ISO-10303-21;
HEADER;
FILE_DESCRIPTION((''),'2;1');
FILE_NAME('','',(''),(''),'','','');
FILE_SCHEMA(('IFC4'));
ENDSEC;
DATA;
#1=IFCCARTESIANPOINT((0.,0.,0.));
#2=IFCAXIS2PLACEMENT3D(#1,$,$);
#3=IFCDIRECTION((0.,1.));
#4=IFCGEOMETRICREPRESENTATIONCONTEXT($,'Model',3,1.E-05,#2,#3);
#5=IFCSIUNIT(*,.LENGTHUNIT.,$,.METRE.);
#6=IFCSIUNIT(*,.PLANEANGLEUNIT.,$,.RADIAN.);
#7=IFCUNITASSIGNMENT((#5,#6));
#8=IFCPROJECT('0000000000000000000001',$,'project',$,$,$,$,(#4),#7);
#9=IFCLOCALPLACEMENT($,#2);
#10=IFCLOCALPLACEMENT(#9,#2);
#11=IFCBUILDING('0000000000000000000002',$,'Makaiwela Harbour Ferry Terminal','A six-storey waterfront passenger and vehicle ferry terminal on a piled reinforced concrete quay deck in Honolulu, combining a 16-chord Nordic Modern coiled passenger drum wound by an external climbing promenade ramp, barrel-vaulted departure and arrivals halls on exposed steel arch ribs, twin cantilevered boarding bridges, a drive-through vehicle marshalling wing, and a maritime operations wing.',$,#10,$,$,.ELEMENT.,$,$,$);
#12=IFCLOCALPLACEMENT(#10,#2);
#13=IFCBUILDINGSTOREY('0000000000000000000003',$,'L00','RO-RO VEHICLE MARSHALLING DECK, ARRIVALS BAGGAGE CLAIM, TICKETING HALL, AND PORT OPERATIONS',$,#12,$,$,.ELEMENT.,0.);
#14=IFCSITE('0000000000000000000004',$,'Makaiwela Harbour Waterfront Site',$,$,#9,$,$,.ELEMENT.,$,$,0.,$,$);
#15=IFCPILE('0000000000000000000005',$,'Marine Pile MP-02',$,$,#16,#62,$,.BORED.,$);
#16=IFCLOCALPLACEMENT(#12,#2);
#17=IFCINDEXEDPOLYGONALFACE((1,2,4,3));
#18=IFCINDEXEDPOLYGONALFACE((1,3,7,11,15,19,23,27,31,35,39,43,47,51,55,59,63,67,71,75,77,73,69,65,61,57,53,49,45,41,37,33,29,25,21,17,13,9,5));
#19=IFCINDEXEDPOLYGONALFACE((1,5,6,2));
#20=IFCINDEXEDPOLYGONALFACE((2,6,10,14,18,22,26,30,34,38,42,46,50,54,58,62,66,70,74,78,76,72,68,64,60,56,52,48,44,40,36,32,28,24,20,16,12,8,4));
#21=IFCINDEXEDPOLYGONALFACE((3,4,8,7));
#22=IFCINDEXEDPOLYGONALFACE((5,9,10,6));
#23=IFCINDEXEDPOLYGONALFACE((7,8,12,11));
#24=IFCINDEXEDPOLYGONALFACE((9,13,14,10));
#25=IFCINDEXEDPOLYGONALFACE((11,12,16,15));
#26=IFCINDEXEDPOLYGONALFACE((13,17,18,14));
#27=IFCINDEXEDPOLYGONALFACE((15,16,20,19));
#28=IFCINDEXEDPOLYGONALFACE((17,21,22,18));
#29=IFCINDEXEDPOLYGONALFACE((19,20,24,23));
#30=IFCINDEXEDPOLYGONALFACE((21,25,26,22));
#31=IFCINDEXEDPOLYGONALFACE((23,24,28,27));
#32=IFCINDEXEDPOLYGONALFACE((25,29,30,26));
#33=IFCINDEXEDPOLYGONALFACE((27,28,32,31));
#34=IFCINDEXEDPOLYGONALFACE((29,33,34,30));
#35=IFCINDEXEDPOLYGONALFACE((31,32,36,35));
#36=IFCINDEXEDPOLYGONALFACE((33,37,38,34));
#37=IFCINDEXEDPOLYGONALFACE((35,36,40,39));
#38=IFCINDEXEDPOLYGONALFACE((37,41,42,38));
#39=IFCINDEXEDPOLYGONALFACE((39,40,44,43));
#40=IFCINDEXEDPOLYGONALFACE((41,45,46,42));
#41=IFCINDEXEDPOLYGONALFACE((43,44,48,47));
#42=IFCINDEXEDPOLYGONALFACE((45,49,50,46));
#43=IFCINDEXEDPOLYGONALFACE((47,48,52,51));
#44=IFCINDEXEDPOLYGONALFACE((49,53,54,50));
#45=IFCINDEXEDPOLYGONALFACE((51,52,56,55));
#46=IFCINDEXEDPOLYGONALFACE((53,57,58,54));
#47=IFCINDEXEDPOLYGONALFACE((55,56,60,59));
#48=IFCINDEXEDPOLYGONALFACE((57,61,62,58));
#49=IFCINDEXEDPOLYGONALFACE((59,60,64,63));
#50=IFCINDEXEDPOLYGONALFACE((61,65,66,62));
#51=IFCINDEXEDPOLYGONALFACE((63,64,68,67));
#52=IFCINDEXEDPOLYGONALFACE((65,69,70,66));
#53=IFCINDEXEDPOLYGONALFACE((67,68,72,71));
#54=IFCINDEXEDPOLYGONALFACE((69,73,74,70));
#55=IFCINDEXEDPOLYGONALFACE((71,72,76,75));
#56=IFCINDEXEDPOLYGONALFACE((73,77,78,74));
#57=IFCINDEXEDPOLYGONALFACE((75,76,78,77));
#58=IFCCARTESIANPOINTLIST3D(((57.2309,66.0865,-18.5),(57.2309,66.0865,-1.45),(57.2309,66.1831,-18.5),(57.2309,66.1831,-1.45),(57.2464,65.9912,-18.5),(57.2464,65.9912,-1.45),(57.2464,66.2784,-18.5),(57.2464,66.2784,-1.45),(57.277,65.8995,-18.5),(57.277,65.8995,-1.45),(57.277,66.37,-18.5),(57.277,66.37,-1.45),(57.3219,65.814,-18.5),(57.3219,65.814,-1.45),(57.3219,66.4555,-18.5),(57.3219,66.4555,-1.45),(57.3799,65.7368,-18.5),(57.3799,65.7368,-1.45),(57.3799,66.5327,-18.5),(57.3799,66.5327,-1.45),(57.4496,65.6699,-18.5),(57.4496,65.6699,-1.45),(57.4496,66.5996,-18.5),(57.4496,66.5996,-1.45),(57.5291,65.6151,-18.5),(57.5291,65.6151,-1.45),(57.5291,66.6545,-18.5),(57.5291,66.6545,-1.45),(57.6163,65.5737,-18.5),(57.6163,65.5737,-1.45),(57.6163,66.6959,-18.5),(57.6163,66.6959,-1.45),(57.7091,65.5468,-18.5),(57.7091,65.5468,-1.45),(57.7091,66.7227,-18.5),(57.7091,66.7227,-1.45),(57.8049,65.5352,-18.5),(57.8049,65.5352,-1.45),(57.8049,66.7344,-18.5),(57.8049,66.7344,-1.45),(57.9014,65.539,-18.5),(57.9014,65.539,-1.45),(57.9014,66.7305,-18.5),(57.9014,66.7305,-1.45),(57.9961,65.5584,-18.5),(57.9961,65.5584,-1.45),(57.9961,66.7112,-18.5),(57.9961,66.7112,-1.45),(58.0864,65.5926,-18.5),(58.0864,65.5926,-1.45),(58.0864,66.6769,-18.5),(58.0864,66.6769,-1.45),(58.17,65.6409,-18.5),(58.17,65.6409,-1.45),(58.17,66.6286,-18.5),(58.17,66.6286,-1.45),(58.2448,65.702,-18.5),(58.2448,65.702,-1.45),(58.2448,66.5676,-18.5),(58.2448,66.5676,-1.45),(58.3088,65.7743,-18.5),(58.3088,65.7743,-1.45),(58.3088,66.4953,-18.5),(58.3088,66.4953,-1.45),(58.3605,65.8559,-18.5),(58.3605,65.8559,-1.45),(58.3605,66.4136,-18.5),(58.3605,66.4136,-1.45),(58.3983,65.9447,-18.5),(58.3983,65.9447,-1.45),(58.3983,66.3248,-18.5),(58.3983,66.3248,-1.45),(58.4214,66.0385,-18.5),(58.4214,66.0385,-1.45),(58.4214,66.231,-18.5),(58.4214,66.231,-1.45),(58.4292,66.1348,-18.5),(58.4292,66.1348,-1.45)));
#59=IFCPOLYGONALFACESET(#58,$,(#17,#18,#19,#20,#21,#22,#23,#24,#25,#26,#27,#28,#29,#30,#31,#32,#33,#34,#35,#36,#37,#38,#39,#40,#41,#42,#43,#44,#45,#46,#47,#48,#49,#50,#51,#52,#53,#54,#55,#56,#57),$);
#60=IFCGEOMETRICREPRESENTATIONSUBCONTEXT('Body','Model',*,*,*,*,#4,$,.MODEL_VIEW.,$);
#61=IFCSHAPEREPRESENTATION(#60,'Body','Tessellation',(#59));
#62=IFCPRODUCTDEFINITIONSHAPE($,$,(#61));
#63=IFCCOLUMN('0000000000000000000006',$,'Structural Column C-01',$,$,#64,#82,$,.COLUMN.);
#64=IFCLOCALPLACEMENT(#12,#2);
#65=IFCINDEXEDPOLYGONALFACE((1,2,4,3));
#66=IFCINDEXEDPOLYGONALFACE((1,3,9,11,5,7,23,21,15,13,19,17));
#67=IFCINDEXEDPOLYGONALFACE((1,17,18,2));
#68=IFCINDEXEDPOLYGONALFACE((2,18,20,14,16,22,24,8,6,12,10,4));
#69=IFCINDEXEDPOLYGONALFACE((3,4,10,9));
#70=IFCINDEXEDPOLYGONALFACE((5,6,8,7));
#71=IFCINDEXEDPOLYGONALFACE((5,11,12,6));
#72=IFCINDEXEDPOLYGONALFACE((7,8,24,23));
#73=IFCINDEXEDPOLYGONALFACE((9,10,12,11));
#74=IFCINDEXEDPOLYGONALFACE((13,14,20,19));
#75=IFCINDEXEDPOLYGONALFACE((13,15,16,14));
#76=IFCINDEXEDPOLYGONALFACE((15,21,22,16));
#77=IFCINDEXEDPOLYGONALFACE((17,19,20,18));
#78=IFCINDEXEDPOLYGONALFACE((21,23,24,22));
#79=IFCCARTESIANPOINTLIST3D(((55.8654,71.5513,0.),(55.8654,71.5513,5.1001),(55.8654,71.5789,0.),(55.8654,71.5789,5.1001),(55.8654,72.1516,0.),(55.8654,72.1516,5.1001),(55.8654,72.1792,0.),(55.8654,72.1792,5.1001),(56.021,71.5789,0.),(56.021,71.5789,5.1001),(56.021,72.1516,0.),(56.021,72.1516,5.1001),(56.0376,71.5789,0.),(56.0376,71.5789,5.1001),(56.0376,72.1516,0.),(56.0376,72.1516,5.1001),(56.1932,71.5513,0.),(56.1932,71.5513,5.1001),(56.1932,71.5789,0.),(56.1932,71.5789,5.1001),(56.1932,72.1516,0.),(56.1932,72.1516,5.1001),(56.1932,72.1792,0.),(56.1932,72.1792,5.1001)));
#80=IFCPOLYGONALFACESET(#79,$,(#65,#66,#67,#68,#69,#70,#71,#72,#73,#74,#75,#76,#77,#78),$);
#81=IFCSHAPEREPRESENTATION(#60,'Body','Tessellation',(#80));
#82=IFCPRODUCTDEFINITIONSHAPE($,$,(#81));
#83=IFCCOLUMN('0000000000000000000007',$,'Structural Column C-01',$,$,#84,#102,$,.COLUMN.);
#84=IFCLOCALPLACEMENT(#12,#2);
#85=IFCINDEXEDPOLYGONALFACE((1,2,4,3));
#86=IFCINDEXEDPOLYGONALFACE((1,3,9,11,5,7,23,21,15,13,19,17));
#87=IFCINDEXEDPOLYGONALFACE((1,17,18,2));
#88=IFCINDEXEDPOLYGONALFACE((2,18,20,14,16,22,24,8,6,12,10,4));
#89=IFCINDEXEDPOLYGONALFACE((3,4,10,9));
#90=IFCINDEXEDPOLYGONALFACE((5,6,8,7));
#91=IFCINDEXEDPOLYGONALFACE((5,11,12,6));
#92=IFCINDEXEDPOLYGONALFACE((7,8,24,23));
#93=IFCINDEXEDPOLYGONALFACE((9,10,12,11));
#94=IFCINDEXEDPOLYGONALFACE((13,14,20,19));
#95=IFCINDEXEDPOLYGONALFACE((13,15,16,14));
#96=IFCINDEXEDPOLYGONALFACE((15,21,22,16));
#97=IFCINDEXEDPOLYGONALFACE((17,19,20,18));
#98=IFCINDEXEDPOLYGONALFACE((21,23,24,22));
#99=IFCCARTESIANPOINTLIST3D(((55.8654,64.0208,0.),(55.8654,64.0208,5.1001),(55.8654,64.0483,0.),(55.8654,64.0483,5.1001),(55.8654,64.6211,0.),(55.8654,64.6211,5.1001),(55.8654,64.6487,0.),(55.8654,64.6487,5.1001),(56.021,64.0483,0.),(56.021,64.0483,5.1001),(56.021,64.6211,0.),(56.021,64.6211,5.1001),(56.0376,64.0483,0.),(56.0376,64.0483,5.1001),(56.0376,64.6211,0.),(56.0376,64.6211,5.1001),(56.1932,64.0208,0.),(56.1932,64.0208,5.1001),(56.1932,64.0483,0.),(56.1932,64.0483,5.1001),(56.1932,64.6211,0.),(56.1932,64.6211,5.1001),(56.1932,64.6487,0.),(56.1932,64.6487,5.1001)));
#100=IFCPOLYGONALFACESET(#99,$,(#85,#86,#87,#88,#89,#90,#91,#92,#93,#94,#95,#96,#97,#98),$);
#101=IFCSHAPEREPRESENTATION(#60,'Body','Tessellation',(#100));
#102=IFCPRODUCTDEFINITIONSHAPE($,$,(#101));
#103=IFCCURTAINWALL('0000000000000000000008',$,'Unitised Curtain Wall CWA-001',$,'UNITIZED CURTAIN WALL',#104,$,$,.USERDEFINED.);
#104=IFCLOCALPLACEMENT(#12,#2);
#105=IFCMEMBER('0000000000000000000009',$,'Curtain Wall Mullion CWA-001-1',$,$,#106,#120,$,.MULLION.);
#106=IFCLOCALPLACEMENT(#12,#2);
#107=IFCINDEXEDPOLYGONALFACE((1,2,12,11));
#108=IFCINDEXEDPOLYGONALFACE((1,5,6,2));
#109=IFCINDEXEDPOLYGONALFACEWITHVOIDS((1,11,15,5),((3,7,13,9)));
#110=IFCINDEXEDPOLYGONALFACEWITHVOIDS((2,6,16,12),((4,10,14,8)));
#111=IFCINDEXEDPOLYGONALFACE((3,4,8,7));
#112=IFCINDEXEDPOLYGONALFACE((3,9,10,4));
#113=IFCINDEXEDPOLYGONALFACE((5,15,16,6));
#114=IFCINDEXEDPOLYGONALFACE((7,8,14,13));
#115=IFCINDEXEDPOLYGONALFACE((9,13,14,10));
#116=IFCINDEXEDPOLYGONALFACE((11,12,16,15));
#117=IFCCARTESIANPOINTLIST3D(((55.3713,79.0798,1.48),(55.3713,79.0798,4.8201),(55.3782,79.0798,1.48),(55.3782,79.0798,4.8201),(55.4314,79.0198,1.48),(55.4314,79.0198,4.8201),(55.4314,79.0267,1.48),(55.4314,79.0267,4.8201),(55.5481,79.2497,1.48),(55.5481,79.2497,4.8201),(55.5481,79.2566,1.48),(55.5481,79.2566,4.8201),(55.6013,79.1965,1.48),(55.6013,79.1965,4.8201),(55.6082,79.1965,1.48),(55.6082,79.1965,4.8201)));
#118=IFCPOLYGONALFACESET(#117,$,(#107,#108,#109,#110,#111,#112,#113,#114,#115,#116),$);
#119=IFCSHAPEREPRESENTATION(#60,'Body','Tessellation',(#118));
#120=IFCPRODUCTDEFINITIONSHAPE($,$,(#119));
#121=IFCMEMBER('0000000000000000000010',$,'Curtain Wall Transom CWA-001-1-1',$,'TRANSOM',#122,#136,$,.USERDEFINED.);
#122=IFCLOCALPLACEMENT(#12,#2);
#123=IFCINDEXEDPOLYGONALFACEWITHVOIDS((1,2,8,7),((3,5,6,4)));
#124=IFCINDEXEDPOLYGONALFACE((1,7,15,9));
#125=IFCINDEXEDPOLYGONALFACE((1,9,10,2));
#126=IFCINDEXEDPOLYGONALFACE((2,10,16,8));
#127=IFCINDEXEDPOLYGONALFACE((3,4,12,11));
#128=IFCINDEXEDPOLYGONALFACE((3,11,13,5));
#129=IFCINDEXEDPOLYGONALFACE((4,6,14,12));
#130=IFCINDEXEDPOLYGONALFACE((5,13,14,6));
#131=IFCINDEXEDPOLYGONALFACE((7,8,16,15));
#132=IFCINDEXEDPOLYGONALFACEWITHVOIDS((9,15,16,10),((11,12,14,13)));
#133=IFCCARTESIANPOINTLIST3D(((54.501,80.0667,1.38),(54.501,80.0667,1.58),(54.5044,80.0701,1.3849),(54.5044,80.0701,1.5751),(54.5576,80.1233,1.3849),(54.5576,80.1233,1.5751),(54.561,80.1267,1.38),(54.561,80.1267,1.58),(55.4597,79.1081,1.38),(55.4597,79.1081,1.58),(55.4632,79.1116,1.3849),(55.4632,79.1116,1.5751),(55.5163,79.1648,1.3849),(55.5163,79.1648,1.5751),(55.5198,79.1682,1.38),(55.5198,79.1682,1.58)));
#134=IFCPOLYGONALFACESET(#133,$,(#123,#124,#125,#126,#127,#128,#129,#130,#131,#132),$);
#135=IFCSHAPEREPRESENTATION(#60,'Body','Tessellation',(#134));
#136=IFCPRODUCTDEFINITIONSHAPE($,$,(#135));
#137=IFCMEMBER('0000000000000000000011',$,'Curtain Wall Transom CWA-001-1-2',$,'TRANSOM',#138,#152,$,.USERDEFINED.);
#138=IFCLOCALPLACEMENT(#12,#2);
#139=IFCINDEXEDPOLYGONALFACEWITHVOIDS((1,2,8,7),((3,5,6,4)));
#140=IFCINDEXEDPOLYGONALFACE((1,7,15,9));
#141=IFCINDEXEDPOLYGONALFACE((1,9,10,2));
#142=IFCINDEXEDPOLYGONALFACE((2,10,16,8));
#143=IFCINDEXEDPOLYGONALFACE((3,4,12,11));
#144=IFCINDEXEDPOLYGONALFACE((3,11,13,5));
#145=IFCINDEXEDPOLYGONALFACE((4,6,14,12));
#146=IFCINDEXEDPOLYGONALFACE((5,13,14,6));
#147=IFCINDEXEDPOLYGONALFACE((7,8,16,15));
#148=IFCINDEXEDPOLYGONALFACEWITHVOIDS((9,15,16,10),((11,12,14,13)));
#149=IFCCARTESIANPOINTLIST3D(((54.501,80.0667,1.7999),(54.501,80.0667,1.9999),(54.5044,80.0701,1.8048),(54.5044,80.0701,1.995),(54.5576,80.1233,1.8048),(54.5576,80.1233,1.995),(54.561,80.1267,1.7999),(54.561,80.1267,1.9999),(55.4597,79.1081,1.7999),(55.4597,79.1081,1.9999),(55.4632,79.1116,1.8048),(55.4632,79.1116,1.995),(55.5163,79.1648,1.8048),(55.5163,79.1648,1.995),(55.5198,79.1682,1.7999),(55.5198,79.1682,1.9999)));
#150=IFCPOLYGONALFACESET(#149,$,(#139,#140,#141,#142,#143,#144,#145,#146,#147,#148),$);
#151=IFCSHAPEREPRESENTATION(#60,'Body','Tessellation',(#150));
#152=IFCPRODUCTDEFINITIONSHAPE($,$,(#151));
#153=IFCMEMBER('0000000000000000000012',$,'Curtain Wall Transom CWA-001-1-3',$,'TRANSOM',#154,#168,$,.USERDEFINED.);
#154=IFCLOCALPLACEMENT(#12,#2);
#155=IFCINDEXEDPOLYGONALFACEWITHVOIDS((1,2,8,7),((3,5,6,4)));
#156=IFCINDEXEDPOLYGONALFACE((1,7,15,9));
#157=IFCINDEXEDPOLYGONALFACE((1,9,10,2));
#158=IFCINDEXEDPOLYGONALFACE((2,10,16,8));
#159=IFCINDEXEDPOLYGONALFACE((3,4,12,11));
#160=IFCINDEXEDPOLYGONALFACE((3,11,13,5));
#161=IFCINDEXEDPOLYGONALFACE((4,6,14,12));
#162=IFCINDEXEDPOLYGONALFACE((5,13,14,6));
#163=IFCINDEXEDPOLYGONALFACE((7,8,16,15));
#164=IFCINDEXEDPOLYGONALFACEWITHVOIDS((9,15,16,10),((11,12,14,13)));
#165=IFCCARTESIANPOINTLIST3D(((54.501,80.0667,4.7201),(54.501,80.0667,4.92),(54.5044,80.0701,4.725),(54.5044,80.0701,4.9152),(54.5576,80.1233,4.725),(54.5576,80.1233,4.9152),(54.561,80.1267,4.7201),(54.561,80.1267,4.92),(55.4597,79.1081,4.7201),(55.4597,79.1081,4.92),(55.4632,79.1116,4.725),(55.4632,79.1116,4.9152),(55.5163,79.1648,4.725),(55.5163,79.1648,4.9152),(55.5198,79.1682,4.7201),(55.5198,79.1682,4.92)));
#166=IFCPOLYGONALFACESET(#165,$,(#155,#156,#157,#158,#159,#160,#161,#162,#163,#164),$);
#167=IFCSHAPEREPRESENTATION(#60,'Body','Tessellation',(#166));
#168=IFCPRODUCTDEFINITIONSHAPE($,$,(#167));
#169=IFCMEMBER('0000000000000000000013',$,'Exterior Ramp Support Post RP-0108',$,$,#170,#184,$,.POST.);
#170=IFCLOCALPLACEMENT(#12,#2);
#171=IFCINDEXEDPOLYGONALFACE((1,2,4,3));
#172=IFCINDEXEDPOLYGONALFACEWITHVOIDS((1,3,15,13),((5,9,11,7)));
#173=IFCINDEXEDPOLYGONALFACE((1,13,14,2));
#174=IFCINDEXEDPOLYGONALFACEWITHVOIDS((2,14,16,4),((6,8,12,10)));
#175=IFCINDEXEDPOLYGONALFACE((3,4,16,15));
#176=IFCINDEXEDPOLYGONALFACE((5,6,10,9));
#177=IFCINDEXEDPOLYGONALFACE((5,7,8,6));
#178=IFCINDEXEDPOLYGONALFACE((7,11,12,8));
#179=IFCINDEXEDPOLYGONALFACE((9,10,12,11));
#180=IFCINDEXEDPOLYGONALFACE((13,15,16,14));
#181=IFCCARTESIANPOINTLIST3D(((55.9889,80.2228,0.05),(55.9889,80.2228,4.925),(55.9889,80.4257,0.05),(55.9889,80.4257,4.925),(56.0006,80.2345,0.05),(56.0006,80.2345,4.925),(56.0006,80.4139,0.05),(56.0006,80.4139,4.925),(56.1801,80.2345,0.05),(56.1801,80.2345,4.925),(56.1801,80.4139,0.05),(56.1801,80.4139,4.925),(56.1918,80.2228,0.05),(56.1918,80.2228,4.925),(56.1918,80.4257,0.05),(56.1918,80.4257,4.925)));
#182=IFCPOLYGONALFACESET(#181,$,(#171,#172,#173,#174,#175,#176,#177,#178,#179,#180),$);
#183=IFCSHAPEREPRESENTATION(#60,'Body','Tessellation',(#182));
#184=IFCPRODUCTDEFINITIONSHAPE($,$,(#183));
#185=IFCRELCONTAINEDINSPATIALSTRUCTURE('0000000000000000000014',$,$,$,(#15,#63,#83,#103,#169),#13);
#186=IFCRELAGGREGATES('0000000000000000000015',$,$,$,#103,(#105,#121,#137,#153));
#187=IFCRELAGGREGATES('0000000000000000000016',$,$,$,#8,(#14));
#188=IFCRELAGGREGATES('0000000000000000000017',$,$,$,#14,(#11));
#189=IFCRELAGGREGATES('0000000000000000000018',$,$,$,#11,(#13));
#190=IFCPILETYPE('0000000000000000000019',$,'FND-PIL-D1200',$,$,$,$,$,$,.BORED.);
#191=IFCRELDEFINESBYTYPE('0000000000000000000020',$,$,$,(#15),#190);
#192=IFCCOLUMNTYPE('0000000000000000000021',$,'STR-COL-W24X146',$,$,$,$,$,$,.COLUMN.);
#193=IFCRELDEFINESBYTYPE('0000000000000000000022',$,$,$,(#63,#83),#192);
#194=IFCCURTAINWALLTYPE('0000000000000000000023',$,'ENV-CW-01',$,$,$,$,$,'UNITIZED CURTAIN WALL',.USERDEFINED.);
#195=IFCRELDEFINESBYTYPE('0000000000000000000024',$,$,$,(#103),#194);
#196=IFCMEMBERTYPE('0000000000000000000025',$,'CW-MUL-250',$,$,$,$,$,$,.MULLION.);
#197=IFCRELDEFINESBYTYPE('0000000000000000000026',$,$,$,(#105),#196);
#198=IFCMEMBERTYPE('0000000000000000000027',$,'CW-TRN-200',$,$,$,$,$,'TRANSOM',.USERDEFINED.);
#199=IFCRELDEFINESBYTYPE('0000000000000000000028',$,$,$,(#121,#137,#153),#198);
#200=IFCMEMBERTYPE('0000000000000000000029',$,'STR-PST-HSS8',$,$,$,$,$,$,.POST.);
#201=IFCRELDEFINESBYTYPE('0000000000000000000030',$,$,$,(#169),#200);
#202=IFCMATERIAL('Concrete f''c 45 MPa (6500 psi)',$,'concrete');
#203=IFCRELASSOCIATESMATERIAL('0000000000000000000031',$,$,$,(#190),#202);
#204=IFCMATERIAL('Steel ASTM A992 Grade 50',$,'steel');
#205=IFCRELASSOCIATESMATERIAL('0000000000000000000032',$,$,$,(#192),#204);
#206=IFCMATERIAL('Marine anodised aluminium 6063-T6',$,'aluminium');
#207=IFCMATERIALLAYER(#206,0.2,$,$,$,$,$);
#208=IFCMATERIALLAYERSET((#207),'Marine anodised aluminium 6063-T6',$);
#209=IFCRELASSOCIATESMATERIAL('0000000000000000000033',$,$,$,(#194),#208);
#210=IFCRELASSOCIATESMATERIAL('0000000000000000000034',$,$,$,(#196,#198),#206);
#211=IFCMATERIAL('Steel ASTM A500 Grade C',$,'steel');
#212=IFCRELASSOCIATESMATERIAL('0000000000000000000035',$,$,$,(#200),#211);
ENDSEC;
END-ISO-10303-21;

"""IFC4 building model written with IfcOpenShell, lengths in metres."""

from ifc_helpers import new_model, si_unit, direction, frame, origin, origin_2d, place, context, subcontext, project, spatial, hollow_rectangle, circle, i_section, extrude, material, layer, layer_set, material_profile, profile_set, type_object, element, aggregate, save


model = new_model("IFC4")

# Units and contexts
model_context = context("Model", 3, precision=1e-05, world=origin(), true_north=direction((0.0, 1.0)))
body_context = subcontext(model_context, "Body", "Model", "MODEL_VIEW")
ifc_project = project(units=[si_unit("LENGTHUNIT", "METRE"), si_unit("PLANEANGLEUNIT", "RADIAN")], contexts=[model_context])

# Site, building, storey
site_placement = place(None, origin())
site = spatial("IfcSite", under=ifc_project, at=site_placement, Name="Makaiwela Harbour Waterfront Site", CompositionType="ELEMENT", RefElevation=0.0)
building_placement = place(site_placement, origin())
building = spatial("IfcBuilding", under=site, at=building_placement, Name="Makaiwela Harbour Ferry Terminal", Description="A six-storey waterfront passenger and vehicle ferry terminal on a piled reinforced concrete quay deck in Honolulu, combining a 16-chord Nordic Modern coiled passenger drum wound by an external climbing promenade ramp, barrel-vaulted departure and arrivals halls on exposed steel arch ribs, twin cantilevered boarding bridges, a drive-through vehicle marshalling wing, and a maritime operations wing.", CompositionType="ELEMENT")
storey_placement = place(building_placement, origin())
storey = spatial("IfcBuildingStorey", under=building, at=storey_placement, Name="L00", Description="RO-RO VEHICLE MARSHALLING DECK, ARRIVALS BAGGAGE CLAIM, TICKETING HALL, AND PORT OPERATIONS", CompositionType="ELEMENT", Elevation=0.0)

# Shared definitions
ifc_material_1 = material(Name="Concrete f'c 45 MPa (6500 psi)", Category="concrete")

# Pile
ifc_material_profile_1 = material_profile(ifc_material_1, circle(Radius=0.6001, at=origin_2d()), Name="PILE-D1200")
ifc_profile_set_1 = profile_set([ifc_material_profile_1], Name="Concrete f'c 45 MPa (6500 psi)")
pile_type = type_object("IfcPileType", Name="FND-PIL-D1200", PredefinedType="BORED", material=ifc_profile_set_1)
for number, where, z_axis, x_axis, name in (
    (1, (57.8291, 66.1348, -1.45), (0.0, 0.0, -1.0), (1.0, 0.0, 0.0), "Marine Pile MP-02"),
):
    element("IfcPile", number, at=place(storey_placement, frame(where, z_axis=z_axis, x_axis=x_axis)), inside=storey, type_object=pile_type, Name=name, PredefinedType="BORED", context=body_context, shape_type="SweptSolid", body=[
        extrude(circle(Radius=0.6001, at=origin_2d()), origin(), (0.0, 0.0, 1.0), 17.05),
    ])

# Columns
ifc_material_2 = material(Name="Steel ASTM A992 Grade 50", Category="steel")
ifc_material_profile_2 = material_profile(ifc_material_2, i_section(OverallWidth=0.3279, OverallDepth=0.6279, WebThickness=0.0166, FlangeThickness=0.0276, at=origin_2d()), Name="W24X146")
ifc_profile_set_2 = profile_set([ifc_material_profile_2], Name="Steel ASTM A992 Grade 50")
column_type = type_object("IfcColumnType", Name="STR-COL-W24X146", PredefinedType="COLUMN", material=ifc_profile_set_2)
for number, where, z_axis, x_axis, name in (
    (2, (56.0293, 71.8652, 0.0), (0.0, 0.0, 1.0), (1.0, 0.0, 0.0), "Structural Column C-01"),
    (3, (56.0293, 64.3347, 0.0), (0.0, 0.0, 1.0), (1.0, 0.0, 0.0), "Structural Column C-01"),
):
    element("IfcColumn", number, at=place(storey_placement, frame(where, z_axis=z_axis, x_axis=x_axis)), inside=storey, type_object=column_type, Name=name, PredefinedType="COLUMN", context=body_context, shape_type="SweptSolid", body=[
        extrude(i_section(OverallWidth=0.3279, OverallDepth=0.6279, WebThickness=0.0166, FlangeThickness=0.0276, at=origin_2d()), origin(), (0.0, 0.0, 1.0), 5.1001),
    ])

# Curtain wall, members
ifc_material_3 = material(Name="Marine anodised aluminium 6063-T6", Category="aluminium")
ifc_layer_1 = layer(ifc_material_3, 0.2)
ifc_layer_set_1 = layer_set([ifc_layer_1], Name="Marine anodised aluminium 6063-T6")
curtain_wall_type = type_object("IfcCurtainWallType", Name="ENV-CW-01", ElementType="UNITIZED CURTAIN WALL", PredefinedType="USERDEFINED", material=ifc_layer_set_1)
curtain_wall_placement = place(storey_placement, origin())
curtain_wall = element("IfcCurtainWall", 4, at=curtain_wall_placement, inside=storey, type_object=curtain_wall_type, Name="Unitised Curtain Wall CWA-001", ObjectType="UNITIZED CURTAIN WALL", PredefinedType="USERDEFINED")
ifc_material_profile_3 = material_profile(ifc_material_3, hollow_rectangle(XDim=0.085, YDim=0.25, WallThickness=0.0049, at=origin_2d()), Name="CWM-250X85")
ifc_profile_set_3 = profile_set([ifc_material_profile_3], Name="Marine anodised aluminium 6063-T6")
member_type_1 = type_object("IfcMemberType", Name="CW-MUL-250", PredefinedType="MULLION", material=ifc_profile_set_3)
member_1_placement = place(storey_placement, frame((55.4897, 79.1382, 1.48), z_axis=(0.0, 0.0, 1.0), x_axis=(-0.707107, 0.707107, 0.0)))
member_1 = element("IfcMember", 5, at=member_1_placement, type_object=member_type_1, Name="Curtain Wall Mullion CWA-001-1", PredefinedType="MULLION", context=body_context, shape_type="SweptSolid", body=[
    extrude(hollow_rectangle(XDim=0.085, YDim=0.25, WallThickness=0.0049, at=origin_2d()), origin(), (0.0, 0.0, 1.0), 3.3401),
])
ifc_material_profile_4 = material_profile(ifc_material_3, hollow_rectangle(XDim=0.085, YDim=0.2, WallThickness=0.0049, at=origin_2d()), Name="CWT-200X85")
ifc_profile_set_4 = profile_set([ifc_material_profile_4], Name="Marine anodised aluminium 6063-T6")
member_type_2 = type_object("IfcMemberType", Name="CW-TRN-200", ElementType="TRANSOM", PredefinedType="USERDEFINED", material=ifc_profile_set_4)
member_2_placement = place(storey_placement, frame((55.4897, 79.1382, 1.48), z_axis=(-0.707197, 0.707017, 0.0), x_axis=(-0.707017, -0.707197, 0.0)))
member_2 = element("IfcMember", 6, at=member_2_placement, type_object=member_type_2, Name="Curtain Wall Transom CWA-001-1-1", ObjectType="TRANSOM", PredefinedType="USERDEFINED", context=body_context, shape_type="SweptSolid", body=[
    extrude(hollow_rectangle(XDim=0.085, YDim=0.2, WallThickness=0.0049, at=origin_2d()), origin(), (0.0, 0.0, 1.0), 1.3557),
])
member_3_placement = place(storey_placement, frame((55.4897, 79.1382, 1.8999), z_axis=(-0.707197, 0.707017, 0.0), x_axis=(-0.707017, -0.707197, 0.0)))
member_3 = element("IfcMember", 7, at=member_3_placement, type_object=member_type_2, Name="Curtain Wall Transom CWA-001-1-2", ObjectType="TRANSOM", PredefinedType="USERDEFINED", context=body_context, shape_type="SweptSolid", body=[
    extrude(hollow_rectangle(XDim=0.085, YDim=0.2, WallThickness=0.0049, at=origin_2d()), origin(), (0.0, 0.0, 1.0), 1.3557),
])
member_4_placement = place(storey_placement, frame((55.4897, 79.1382, 4.8201), z_axis=(-0.707197, 0.707017, 0.0), x_axis=(-0.707017, -0.707197, 0.0)))
member_4 = element("IfcMember", 8, at=member_4_placement, type_object=member_type_2, Name="Curtain Wall Transom CWA-001-1-3", ObjectType="TRANSOM", PredefinedType="USERDEFINED", context=body_context, shape_type="SweptSolid", body=[
    extrude(hollow_rectangle(XDim=0.085, YDim=0.2, WallThickness=0.0049, at=origin_2d()), origin(), (0.0, 0.0, 1.0), 1.3557),
])

# Member
ifc_material_4 = material(Name="Steel ASTM A500 Grade C", Category="steel")
ifc_material_profile_5 = material_profile(ifc_material_4, hollow_rectangle(XDim=0.2029, YDim=0.2029, WallThickness=0.0117, at=origin_2d()), Name="HSS8X8X1/2")
ifc_profile_set_5 = profile_set([ifc_material_profile_5], Name="Steel ASTM A500 Grade C")
member_type_3 = type_object("IfcMemberType", Name="STR-PST-HSS8", PredefinedType="POST", material=ifc_profile_set_5)
member_5_placement = place(storey_placement, frame((56.0903, 80.3242, 0.05), z_axis=(0.0, 0.0, 1.0), x_axis=(1.0, 0.0, 0.0)))
element("IfcMember", 9, at=member_5_placement, inside=storey, type_object=member_type_3, Name="Exterior Ramp Support Post RP-0108", PredefinedType="POST", context=body_context, shape_type="SweptSolid", body=[
    extrude(hollow_rectangle(XDim=0.2029, YDim=0.2029, WallThickness=0.0117, at=origin_2d()), origin(), (0.0, 0.0, 1.0), 4.875),
])

aggregate(curtain_wall, [member_1, member_2, member_3, member_4])

save(model, "model.ifc")
